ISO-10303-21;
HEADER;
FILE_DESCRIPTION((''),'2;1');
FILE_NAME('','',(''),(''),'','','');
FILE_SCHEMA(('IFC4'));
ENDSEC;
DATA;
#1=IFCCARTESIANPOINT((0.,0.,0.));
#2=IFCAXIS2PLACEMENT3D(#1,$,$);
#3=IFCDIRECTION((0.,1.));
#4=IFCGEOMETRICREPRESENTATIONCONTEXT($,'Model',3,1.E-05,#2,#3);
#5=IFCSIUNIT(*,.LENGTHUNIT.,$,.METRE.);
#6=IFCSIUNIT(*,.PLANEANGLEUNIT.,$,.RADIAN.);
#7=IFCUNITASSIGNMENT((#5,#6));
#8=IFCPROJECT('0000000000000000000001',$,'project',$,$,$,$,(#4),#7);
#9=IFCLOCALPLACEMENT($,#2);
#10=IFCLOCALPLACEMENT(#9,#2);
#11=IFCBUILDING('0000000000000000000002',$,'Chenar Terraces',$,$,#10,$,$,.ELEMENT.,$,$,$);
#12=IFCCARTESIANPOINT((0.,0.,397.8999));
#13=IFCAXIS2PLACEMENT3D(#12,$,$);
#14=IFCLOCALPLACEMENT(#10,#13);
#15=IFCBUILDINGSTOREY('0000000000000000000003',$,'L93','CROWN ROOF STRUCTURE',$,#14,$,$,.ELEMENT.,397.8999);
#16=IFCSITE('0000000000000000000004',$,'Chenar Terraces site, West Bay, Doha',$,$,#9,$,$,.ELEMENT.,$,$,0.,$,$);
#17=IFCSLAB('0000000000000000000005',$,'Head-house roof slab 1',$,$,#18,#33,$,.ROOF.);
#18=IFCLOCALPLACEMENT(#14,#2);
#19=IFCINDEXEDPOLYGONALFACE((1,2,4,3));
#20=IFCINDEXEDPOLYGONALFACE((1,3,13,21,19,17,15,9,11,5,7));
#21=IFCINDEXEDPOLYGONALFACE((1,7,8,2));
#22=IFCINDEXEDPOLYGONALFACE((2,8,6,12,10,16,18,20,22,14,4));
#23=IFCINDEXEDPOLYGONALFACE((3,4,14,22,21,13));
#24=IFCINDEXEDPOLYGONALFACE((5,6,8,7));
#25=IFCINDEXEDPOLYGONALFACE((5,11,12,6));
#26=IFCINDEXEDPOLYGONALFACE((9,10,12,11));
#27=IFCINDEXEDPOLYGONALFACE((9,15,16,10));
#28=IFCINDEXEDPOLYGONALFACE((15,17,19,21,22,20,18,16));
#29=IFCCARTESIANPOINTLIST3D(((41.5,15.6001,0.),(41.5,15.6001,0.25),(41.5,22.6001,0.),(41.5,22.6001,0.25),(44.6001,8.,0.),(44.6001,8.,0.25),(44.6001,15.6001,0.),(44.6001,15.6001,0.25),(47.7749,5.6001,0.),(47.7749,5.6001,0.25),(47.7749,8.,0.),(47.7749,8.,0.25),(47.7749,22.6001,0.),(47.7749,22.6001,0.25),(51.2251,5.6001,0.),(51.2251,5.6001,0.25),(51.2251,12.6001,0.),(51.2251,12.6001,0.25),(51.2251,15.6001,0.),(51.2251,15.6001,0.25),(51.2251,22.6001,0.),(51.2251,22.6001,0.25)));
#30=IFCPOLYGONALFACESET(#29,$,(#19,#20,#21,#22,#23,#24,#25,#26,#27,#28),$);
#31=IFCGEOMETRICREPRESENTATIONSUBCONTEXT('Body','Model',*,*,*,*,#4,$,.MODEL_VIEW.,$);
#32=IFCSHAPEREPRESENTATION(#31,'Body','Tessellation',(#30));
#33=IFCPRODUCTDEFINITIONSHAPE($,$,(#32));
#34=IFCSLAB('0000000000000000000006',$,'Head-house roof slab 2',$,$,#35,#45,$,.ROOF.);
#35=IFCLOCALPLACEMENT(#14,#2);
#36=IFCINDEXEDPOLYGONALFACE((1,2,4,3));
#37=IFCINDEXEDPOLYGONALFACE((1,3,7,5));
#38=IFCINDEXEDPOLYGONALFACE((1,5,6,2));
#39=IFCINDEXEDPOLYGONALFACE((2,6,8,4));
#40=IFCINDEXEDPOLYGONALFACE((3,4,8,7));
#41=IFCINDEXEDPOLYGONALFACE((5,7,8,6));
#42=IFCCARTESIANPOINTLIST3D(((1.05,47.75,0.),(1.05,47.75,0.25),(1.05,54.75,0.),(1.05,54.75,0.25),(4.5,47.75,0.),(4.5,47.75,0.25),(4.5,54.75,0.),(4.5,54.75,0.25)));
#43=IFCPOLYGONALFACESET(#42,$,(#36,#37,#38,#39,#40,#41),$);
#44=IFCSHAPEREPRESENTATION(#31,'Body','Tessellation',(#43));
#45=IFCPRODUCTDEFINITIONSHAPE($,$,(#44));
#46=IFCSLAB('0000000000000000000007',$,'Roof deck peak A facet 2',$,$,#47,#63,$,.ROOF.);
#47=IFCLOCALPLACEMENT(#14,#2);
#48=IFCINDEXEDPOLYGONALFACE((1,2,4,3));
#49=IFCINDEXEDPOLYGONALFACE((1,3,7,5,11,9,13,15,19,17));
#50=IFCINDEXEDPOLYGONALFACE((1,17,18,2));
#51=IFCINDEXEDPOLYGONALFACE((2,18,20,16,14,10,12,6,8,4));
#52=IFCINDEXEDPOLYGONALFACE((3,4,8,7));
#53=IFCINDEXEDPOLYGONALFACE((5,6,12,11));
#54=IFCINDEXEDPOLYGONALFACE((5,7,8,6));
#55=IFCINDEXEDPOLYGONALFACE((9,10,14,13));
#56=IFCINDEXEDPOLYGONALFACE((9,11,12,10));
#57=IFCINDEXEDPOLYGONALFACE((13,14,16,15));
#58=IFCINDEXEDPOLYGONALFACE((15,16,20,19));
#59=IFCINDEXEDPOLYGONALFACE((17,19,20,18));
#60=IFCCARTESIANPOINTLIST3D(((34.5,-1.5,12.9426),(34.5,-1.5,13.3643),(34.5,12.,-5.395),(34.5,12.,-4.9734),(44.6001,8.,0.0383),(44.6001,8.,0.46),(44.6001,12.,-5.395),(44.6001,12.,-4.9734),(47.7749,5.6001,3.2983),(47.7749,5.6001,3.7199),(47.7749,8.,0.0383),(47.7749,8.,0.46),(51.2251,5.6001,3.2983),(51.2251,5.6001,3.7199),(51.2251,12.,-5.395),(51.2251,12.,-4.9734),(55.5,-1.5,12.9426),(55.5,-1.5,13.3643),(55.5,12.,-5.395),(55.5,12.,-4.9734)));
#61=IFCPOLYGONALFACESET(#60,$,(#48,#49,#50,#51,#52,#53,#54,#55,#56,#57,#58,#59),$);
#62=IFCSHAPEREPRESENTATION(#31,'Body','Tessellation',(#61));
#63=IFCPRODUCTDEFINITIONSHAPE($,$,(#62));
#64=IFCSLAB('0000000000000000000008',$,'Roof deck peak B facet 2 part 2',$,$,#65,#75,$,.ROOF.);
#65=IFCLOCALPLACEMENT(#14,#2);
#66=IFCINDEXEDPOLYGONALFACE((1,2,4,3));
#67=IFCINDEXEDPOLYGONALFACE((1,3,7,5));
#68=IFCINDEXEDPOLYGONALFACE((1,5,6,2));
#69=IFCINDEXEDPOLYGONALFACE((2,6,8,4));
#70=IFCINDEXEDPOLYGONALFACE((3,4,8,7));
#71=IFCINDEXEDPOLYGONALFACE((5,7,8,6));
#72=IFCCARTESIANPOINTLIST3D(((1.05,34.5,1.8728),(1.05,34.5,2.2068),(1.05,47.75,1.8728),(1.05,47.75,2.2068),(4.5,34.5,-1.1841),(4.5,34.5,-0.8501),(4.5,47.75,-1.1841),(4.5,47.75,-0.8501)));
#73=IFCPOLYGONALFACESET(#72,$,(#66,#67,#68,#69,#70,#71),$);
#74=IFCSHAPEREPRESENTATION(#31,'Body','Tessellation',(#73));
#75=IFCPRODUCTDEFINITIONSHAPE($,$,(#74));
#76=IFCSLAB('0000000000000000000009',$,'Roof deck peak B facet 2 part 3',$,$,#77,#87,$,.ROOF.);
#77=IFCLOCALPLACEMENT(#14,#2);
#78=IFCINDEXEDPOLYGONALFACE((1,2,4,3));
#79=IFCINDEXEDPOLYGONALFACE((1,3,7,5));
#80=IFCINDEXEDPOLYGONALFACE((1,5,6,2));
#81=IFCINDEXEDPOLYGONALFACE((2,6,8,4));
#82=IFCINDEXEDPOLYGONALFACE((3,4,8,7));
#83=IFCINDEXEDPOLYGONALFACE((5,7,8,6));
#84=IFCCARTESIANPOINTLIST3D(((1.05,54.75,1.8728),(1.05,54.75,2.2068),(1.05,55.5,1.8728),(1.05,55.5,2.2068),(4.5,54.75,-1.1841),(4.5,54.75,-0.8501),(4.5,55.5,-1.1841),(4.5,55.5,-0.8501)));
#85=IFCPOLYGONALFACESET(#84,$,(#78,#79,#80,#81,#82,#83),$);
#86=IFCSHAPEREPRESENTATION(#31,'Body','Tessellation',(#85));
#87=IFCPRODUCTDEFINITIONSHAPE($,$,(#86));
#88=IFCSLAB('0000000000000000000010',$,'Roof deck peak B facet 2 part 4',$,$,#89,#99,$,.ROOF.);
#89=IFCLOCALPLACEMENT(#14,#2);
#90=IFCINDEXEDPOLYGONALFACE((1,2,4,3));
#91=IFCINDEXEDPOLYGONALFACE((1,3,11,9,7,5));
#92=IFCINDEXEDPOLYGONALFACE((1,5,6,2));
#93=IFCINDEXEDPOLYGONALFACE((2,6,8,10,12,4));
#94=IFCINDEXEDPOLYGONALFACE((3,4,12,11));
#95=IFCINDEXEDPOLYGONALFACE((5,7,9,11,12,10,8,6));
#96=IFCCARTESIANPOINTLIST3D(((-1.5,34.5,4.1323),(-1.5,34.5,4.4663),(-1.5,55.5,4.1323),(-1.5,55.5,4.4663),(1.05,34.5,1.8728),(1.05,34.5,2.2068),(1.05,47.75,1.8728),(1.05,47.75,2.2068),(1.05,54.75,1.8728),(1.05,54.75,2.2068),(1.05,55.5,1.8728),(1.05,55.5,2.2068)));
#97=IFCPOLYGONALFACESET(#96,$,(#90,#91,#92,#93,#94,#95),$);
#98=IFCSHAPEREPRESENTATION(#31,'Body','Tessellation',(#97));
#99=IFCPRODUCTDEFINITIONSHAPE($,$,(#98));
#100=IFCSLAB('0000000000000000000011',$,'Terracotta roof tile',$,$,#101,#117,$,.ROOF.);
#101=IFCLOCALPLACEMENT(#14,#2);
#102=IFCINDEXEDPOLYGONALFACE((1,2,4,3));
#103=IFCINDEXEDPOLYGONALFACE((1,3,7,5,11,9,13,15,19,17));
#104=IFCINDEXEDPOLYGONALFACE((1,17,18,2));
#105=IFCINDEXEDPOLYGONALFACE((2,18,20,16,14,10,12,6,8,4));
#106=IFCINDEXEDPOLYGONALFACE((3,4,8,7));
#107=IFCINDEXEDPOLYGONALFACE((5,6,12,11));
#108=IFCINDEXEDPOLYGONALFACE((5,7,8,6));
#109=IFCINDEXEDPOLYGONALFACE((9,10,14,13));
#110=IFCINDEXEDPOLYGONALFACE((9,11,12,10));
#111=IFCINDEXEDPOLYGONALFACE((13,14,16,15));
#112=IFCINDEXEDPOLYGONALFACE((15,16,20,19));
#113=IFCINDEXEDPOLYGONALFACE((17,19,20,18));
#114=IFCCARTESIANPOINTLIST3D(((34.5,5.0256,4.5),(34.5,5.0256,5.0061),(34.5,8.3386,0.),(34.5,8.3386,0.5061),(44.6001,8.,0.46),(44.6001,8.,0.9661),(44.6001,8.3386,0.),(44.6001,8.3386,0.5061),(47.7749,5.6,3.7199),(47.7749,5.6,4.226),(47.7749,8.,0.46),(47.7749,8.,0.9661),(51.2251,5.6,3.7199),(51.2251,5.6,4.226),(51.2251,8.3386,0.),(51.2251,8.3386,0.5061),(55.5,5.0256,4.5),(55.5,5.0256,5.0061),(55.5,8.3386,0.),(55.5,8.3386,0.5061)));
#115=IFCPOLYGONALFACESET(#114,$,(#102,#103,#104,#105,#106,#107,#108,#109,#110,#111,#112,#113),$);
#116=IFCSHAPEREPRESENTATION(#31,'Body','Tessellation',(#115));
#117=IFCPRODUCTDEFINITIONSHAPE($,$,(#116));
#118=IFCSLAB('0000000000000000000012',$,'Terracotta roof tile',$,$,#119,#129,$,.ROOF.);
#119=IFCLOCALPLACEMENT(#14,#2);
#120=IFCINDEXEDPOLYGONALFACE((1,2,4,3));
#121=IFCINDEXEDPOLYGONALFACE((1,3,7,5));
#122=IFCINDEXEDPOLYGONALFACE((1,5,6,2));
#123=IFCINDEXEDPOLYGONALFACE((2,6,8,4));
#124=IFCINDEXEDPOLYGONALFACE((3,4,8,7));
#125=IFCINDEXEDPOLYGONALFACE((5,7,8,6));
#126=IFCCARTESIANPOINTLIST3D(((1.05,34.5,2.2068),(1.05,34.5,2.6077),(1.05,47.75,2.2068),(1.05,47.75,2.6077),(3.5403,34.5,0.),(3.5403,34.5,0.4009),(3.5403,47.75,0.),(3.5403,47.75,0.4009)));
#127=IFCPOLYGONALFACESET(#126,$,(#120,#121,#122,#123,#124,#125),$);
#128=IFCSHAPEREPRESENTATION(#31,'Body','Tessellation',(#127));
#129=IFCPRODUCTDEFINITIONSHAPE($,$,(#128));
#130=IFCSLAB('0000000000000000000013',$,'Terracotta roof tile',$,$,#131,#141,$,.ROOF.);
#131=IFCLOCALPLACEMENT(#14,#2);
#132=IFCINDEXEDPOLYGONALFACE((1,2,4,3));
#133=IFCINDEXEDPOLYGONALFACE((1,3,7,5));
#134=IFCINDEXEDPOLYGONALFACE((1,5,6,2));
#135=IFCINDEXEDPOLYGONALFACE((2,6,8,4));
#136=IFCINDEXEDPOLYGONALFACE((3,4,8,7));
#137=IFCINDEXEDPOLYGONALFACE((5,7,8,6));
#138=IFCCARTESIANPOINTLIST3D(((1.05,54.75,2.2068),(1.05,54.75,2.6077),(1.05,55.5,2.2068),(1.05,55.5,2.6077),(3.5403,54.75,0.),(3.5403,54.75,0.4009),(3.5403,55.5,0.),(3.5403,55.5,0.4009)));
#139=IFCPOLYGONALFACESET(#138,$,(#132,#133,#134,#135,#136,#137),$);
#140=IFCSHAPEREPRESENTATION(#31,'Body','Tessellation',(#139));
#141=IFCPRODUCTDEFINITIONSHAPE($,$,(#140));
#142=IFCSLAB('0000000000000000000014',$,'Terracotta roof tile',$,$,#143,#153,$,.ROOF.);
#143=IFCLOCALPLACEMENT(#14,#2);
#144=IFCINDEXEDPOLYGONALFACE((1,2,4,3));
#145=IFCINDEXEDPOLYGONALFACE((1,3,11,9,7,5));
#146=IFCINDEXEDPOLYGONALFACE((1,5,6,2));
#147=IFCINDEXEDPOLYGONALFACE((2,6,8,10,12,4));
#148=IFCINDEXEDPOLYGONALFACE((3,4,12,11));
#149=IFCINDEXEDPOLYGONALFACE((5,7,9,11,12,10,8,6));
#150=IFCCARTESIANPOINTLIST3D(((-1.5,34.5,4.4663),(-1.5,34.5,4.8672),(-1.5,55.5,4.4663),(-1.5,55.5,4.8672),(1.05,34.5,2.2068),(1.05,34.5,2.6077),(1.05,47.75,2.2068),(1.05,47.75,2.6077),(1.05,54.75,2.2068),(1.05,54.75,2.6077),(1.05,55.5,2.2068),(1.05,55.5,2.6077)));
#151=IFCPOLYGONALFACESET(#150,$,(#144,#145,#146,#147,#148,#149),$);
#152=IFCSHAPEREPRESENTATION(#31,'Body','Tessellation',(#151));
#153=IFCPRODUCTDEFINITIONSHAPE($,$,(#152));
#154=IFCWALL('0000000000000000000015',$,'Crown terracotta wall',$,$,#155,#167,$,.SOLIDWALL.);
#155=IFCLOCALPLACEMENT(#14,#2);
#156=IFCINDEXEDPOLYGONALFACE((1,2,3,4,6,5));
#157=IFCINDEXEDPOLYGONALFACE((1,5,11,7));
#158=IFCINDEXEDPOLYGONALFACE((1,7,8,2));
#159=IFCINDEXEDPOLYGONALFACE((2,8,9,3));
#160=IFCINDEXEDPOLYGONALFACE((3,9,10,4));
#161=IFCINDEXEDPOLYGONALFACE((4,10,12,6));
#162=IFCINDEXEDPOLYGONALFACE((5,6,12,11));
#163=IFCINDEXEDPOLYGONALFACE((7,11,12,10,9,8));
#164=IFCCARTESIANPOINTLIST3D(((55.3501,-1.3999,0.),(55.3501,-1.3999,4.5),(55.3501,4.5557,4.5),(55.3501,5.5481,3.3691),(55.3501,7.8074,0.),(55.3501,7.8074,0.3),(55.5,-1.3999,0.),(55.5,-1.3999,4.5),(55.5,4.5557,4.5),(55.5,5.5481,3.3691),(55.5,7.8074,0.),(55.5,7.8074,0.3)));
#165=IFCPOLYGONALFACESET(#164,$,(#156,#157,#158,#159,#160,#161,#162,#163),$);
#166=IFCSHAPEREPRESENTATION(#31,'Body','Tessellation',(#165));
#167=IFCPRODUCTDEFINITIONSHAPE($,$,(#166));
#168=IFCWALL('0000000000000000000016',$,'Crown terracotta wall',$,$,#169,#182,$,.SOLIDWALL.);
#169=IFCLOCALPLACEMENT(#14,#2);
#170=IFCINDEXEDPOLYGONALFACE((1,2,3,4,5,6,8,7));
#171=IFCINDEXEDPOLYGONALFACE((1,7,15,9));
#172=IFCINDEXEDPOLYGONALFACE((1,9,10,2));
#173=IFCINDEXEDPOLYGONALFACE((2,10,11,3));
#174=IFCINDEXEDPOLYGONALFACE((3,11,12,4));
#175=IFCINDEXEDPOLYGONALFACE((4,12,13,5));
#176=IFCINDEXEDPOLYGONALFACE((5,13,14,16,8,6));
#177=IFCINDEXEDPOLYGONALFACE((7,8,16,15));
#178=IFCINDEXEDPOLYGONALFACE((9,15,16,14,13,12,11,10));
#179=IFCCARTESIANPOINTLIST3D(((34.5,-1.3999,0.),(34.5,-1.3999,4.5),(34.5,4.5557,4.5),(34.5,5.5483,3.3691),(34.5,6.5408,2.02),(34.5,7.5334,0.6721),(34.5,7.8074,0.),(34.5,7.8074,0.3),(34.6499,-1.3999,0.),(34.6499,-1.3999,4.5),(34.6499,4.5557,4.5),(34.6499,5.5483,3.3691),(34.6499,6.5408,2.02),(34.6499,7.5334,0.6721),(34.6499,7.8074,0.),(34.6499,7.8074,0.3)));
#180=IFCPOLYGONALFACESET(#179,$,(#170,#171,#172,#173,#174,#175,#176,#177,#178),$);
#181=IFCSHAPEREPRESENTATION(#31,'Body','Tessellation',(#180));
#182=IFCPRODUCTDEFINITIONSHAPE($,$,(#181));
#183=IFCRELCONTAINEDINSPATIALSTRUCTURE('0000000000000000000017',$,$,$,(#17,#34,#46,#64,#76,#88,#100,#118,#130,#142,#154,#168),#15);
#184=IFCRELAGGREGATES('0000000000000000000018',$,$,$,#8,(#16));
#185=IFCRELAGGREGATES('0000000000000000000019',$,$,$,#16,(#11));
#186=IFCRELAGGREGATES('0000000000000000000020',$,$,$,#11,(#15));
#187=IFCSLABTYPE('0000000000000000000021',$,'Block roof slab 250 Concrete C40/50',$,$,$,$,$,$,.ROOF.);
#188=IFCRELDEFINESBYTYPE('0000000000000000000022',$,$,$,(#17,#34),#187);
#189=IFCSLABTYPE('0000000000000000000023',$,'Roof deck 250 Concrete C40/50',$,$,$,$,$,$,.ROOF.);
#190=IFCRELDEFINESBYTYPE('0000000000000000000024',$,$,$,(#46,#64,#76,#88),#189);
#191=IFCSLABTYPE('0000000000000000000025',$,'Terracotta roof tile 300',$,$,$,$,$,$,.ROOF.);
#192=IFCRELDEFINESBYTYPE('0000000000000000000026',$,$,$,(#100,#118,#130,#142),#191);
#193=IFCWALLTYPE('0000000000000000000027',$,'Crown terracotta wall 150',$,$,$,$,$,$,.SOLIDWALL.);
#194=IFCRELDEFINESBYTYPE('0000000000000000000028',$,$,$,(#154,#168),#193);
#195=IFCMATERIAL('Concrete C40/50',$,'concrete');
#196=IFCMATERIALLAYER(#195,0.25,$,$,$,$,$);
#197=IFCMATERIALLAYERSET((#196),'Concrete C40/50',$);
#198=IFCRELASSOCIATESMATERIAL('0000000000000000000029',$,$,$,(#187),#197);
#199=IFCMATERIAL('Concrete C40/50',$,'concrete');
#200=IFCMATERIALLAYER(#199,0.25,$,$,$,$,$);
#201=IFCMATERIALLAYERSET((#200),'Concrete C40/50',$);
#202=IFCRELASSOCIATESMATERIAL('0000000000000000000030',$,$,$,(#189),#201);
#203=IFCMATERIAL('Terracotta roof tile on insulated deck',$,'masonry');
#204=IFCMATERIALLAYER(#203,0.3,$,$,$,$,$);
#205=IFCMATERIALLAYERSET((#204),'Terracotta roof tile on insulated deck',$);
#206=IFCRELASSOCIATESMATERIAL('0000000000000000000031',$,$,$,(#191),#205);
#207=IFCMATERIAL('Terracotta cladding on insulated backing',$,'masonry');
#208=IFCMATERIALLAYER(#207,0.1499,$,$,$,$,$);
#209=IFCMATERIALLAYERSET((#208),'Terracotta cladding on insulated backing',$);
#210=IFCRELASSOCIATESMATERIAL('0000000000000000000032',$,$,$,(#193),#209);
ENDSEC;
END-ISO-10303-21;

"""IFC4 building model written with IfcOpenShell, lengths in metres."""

from ifc_helpers import new_model, si_unit, direction, frame, origin, place, context, subcontext, project, spatial, polyline, outline, extrude, material, layer, layer_set, type_object, element, save


model = new_model("IFC4")

# Units and contexts
model_context = context("Model", 3, precision=1e-05, world=origin(), true_north=direction((0.0, 1.0)))
body_context = subcontext(model_context, "Body", "Model", "MODEL_VIEW")
ifc_project = project(units=[si_unit("LENGTHUNIT", "METRE"), si_unit("PLANEANGLEUNIT", "RADIAN")], contexts=[model_context])

# Site, building, storey
site_placement = place(None, origin())
site = spatial("IfcSite", under=ifc_project, at=site_placement, Name="Chenar Terraces site, West Bay, Doha", CompositionType="ELEMENT", RefElevation=0.0)
building_placement = place(site_placement, origin())
building = spatial("IfcBuilding", under=site, at=building_placement, Name="Chenar Terraces", CompositionType="ELEMENT")
storey_placement = place(building_placement, frame((0.0, 0.0, 397.8999)))
storey = spatial("IfcBuildingStorey", under=building, at=storey_placement, Name="L93", Description="CROWN ROOF STRUCTURE", CompositionType="ELEMENT", Elevation=397.8999)

# Slabs
ifc_material_1 = material(Name="Concrete C40/50", Category="concrete")
ifc_layer_1 = layer(ifc_material_1, 0.25)
ifc_layer_set_1 = layer_set([ifc_layer_1], Name="Concrete C40/50")
slab_type_1 = type_object("IfcSlabType", Name="Block roof slab 250 Concrete C40/50", PredefinedType="ROOF", material=ifc_layer_set_1)
placement = place(storey_placement, origin())
element("IfcSlab", 1, at=placement, inside=storey, type_object=slab_type_1, Name="Head-house roof slab 1", PredefinedType="ROOF", context=body_context, shape_type="SweptSolid", body=[
    extrude(outline(polyline([(47.7749, 5.6001), (47.7749, 8.0), (44.6001, 8.0), (44.6001, 15.6001), (41.5, 15.6001), (41.5, 22.6001), (47.7749, 22.6001), (51.2251, 22.6001), (51.2251, 15.6001), (51.2251, 12.6001), (51.2251, 5.6001), (47.7749, 5.6001)])), origin(), (0.0, 0.0, 1.0), 0.25),
])
element("IfcSlab", 2, at=placement, inside=storey, type_object=slab_type_1, Name="Head-house roof slab 2", PredefinedType="ROOF", context=body_context, shape_type="SweptSolid", body=[
    extrude(outline(polyline([(4.5, 54.75), (4.5, 47.75), (1.05, 47.75), (1.05, 54.75), (4.5, 54.75)])), origin(), (0.0, 0.0, 1.0), 0.25),
])
ifc_material_2 = material(Name="Concrete C40/50", Category="concrete")
ifc_layer_2 = layer(ifc_material_2, 0.25)
ifc_layer_set_2 = layer_set([ifc_layer_2], Name="Concrete C40/50")
slab_type_2 = type_object("IfcSlabType", Name="Roof deck 250 Concrete C40/50", PredefinedType="ROOF", material=ifc_layer_set_2)
slab_1_placement = place(storey_placement, frame((55.5, -1.5, 13.3643), z_axis=(0.000001, 0.805306, 0.592859), x_axis=(-1.0, 0.000001, 0.0)))
element("IfcSlab", 3, at=slab_1_placement, inside=storey, type_object=slab_type_2, Name="Roof deck peak A facet 2", PredefinedType="ROOF", context=body_context, shape_type="SweptSolid", body=[
    extrude(outline(polyline([(0.0, 0.0), (21.0, 0.0), (21.0, -22.771), (10.8999, -22.771), (10.8999, -16.0241), (7.7251, -16.0241), (7.7251, -11.976), (4.2749, -11.976), (4.2749, -22.771), (0.0, -22.771), (0.0, 0.0)])), origin(), (0.0, -0.805306, -0.592859), 0.4216),
])
slab_2_placement = place(storey_placement, frame((1.05, 34.5, 2.2068), z_axis=(0.663183, 0.0, 0.748457), x_axis=(0.748457, 0.0, -0.663183)))
element("IfcSlab", 4, at=slab_2_placement, inside=storey, type_object=slab_type_2, Name="Roof deck peak B facet 2 part 2", PredefinedType="ROOF", context=body_context, shape_type="SweptSolid", body=[
    extrude(outline(polyline([(0.0, 0.0), (4.6094, 0.0), (4.6094, 13.25), (0.0, 13.25), (0.0, 0.0)])), origin(), (0.663183, 0.0, -0.748457), 0.334),
])
slab_3_placement = place(storey_placement, frame((4.5, 55.5, -0.8501), z_axis=(0.663183, 0.0, 0.748457), x_axis=(-0.748457, 0.0, 0.663183)))
element("IfcSlab", 5, at=slab_3_placement, inside=storey, type_object=slab_type_2, Name="Roof deck peak B facet 2 part 3", PredefinedType="ROOF", context=body_context, shape_type="SweptSolid", body=[
    extrude(outline(polyline([(0.0, 0.0), (4.6094, 0.0), (4.6094, 0.75), (0.0, 0.75), (0.0, 0.0)])), origin(), (-0.663183, 0.0, -0.748457), 0.334),
])
slab_4_placement = place(storey_placement, frame((1.05, 55.5, 2.2068), z_axis=(0.663184, 0.0, 0.748456), x_axis=(-0.748456, 0.0, 0.663184)))
element("IfcSlab", 6, at=slab_4_placement, inside=storey, type_object=slab_type_2, Name="Roof deck peak B facet 2 part 4", PredefinedType="ROOF", context=body_context, shape_type="SweptSolid", body=[
    extrude(outline(polyline([(0.0, 0.0), (3.4071, 0.0), (3.4071, 21.0), (0.0, 21.0), (0.0, 7.75), (0.0, 0.75), (0.0, 0.0)])), origin(), (-0.663184, 0.0, -0.748456), 0.334),
])
ifc_material_3 = material(Name="Terracotta roof tile on insulated deck", Category="masonry")
ifc_layer_3 = layer(ifc_material_3, 0.3)
ifc_layer_set_3 = layer_set([ifc_layer_3], Name="Terracotta roof tile on insulated deck")
slab_type_3 = type_object("IfcSlabType", Name="Terracotta roof tile 300", PredefinedType="ROOF", material=ifc_layer_set_3)
slab_5_placement = place(storey_placement, frame((34.5, 8.3386, 0.5061), z_axis=(0.0, 0.805292, 0.592879), x_axis=(1.0, 0.0, 0.0)))
element("IfcSlab", 7, at=slab_5_placement, inside=storey, type_object=slab_type_3, Name="Terracotta roof tile", PredefinedType="ROOF", context=body_context, shape_type="SweptSolid", body=[
    extrude(outline(polyline([(0.0, 0.0), (10.1001, 0.0), (10.1001, -0.5712), (13.2749, -0.5712), (13.2749, -4.6193), (16.7251, -4.6193), (16.7251, 0.0), (21.0, 0.0), (21.0, -5.588), (0.0, -5.588), (0.0, 0.0)])), origin(), (0.0, 0.805292, -0.592879), 0.5061),
])
slab_6_placement = place(storey_placement, frame((3.5403, 34.5, 0.4009), z_axis=(0.663229, 0.0, 0.748416), x_axis=(0.0, 1.0, 0.0)))
element("IfcSlab", 8, at=slab_6_placement, inside=storey, type_object=slab_type_3, Name="Terracotta roof tile", PredefinedType="ROOF", context=body_context, shape_type="SweptSolid", body=[
    extrude(outline(polyline([(0.0, 0.0), (13.25, 0.0), (13.25, 3.3273), (0.0, 3.3273), (0.0, 0.0)])), origin(), (0.0, -0.663229, -0.748416), 0.4009),
])
slab_7_placement = place(storey_placement, frame((1.05, 55.5, 2.6077), z_axis=(0.663229, 0.0, 0.748416), x_axis=(0.0, -1.0, 0.0)))
element("IfcSlab", 9, at=slab_7_placement, inside=storey, type_object=slab_type_3, Name="Terracotta roof tile", PredefinedType="ROOF", context=body_context, shape_type="SweptSolid", body=[
    extrude(outline(polyline([(0.0, 0.0), (0.75, 0.0), (0.75, 3.3273), (0.0, 3.3273), (0.0, 0.0)])), origin(), (0.0, 0.663229, -0.748416), 0.4009),
])
slab_8_placement = place(storey_placement, frame((-1.5, 55.5, 4.8672), z_axis=(0.663184, 0.0, 0.748456), x_axis=(0.0, -1.0, 0.0)))
element("IfcSlab", 10, at=slab_8_placement, inside=storey, type_object=slab_type_3, Name="Terracotta roof tile", PredefinedType="ROOF", context=body_context, shape_type="SweptSolid", body=[
    extrude(outline(polyline([(0.0, 0.0), (21.0, 0.0), (21.0, 3.4071), (7.75, 3.4071), (0.75, 3.4071), (0.0, 3.4071), (0.0, 0.0)])), origin(), (0.0, 0.663184, -0.748456), 0.4009),
])

# Walls
ifc_material_4 = material(Name="Terracotta cladding on insulated backing", Category="masonry")
ifc_layer_4 = layer(ifc_material_4, 0.1499)
ifc_layer_set_4 = layer_set([ifc_layer_4], Name="Terracotta cladding on insulated backing")
wall_type = type_object("IfcWallType", Name="Crown terracotta wall 150", PredefinedType="SOLIDWALL", material=ifc_layer_set_4)
wall_1_placement = place(storey_placement, frame((55.425, -1.3999, 0.0), z_axis=(0.0, 0.0, 1.0), x_axis=(0.0, 1.0, 0.0)))
element("IfcWall", 11, at=wall_1_placement, inside=storey, type_object=wall_type, Name="Crown terracotta wall", PredefinedType="SOLIDWALL", context=body_context, shape_type="SweptSolid", body=[
    extrude(outline(polyline([(0.0, 0.0), (9.2073, 0.0), (9.2073, 0.3), (6.948, 3.3691), (5.9556, 4.5), (0.0, 4.5), (0.0, 0.0)])), frame((0.0, 0.075, 0.0), z_axis=(0.0, -1.0, 0.0), x_axis=(1.0, 0.0, 0.0)), (0.0, 0.0, 1.0), 0.1499),
])
wall_2_placement = place(storey_placement, frame((34.575, 7.8074, 0.0), z_axis=(0.0, 0.0, 1.0), x_axis=(0.0, -1.0, 0.0)))
element("IfcWall", 12, at=wall_2_placement, inside=storey, type_object=wall_type, Name="Crown terracotta wall", PredefinedType="SOLIDWALL", context=body_context, shape_type="SweptSolid", body=[
    extrude(outline(polyline([(0.0, 0.0), (9.2073, 0.0), (9.2073, 4.5), (3.2517, 4.5), (2.259, 3.3691), (1.2666, 2.02), (0.2739, 0.6721), (0.0, 0.3), (0.0, 0.0)])), frame((0.0, 0.075, 0.0), z_axis=(0.0, -1.0, 0.0), x_axis=(1.0, 0.0, 0.0)), (0.0, 0.0, 1.0), 0.1499),
])

save(model, "model.ifc")
